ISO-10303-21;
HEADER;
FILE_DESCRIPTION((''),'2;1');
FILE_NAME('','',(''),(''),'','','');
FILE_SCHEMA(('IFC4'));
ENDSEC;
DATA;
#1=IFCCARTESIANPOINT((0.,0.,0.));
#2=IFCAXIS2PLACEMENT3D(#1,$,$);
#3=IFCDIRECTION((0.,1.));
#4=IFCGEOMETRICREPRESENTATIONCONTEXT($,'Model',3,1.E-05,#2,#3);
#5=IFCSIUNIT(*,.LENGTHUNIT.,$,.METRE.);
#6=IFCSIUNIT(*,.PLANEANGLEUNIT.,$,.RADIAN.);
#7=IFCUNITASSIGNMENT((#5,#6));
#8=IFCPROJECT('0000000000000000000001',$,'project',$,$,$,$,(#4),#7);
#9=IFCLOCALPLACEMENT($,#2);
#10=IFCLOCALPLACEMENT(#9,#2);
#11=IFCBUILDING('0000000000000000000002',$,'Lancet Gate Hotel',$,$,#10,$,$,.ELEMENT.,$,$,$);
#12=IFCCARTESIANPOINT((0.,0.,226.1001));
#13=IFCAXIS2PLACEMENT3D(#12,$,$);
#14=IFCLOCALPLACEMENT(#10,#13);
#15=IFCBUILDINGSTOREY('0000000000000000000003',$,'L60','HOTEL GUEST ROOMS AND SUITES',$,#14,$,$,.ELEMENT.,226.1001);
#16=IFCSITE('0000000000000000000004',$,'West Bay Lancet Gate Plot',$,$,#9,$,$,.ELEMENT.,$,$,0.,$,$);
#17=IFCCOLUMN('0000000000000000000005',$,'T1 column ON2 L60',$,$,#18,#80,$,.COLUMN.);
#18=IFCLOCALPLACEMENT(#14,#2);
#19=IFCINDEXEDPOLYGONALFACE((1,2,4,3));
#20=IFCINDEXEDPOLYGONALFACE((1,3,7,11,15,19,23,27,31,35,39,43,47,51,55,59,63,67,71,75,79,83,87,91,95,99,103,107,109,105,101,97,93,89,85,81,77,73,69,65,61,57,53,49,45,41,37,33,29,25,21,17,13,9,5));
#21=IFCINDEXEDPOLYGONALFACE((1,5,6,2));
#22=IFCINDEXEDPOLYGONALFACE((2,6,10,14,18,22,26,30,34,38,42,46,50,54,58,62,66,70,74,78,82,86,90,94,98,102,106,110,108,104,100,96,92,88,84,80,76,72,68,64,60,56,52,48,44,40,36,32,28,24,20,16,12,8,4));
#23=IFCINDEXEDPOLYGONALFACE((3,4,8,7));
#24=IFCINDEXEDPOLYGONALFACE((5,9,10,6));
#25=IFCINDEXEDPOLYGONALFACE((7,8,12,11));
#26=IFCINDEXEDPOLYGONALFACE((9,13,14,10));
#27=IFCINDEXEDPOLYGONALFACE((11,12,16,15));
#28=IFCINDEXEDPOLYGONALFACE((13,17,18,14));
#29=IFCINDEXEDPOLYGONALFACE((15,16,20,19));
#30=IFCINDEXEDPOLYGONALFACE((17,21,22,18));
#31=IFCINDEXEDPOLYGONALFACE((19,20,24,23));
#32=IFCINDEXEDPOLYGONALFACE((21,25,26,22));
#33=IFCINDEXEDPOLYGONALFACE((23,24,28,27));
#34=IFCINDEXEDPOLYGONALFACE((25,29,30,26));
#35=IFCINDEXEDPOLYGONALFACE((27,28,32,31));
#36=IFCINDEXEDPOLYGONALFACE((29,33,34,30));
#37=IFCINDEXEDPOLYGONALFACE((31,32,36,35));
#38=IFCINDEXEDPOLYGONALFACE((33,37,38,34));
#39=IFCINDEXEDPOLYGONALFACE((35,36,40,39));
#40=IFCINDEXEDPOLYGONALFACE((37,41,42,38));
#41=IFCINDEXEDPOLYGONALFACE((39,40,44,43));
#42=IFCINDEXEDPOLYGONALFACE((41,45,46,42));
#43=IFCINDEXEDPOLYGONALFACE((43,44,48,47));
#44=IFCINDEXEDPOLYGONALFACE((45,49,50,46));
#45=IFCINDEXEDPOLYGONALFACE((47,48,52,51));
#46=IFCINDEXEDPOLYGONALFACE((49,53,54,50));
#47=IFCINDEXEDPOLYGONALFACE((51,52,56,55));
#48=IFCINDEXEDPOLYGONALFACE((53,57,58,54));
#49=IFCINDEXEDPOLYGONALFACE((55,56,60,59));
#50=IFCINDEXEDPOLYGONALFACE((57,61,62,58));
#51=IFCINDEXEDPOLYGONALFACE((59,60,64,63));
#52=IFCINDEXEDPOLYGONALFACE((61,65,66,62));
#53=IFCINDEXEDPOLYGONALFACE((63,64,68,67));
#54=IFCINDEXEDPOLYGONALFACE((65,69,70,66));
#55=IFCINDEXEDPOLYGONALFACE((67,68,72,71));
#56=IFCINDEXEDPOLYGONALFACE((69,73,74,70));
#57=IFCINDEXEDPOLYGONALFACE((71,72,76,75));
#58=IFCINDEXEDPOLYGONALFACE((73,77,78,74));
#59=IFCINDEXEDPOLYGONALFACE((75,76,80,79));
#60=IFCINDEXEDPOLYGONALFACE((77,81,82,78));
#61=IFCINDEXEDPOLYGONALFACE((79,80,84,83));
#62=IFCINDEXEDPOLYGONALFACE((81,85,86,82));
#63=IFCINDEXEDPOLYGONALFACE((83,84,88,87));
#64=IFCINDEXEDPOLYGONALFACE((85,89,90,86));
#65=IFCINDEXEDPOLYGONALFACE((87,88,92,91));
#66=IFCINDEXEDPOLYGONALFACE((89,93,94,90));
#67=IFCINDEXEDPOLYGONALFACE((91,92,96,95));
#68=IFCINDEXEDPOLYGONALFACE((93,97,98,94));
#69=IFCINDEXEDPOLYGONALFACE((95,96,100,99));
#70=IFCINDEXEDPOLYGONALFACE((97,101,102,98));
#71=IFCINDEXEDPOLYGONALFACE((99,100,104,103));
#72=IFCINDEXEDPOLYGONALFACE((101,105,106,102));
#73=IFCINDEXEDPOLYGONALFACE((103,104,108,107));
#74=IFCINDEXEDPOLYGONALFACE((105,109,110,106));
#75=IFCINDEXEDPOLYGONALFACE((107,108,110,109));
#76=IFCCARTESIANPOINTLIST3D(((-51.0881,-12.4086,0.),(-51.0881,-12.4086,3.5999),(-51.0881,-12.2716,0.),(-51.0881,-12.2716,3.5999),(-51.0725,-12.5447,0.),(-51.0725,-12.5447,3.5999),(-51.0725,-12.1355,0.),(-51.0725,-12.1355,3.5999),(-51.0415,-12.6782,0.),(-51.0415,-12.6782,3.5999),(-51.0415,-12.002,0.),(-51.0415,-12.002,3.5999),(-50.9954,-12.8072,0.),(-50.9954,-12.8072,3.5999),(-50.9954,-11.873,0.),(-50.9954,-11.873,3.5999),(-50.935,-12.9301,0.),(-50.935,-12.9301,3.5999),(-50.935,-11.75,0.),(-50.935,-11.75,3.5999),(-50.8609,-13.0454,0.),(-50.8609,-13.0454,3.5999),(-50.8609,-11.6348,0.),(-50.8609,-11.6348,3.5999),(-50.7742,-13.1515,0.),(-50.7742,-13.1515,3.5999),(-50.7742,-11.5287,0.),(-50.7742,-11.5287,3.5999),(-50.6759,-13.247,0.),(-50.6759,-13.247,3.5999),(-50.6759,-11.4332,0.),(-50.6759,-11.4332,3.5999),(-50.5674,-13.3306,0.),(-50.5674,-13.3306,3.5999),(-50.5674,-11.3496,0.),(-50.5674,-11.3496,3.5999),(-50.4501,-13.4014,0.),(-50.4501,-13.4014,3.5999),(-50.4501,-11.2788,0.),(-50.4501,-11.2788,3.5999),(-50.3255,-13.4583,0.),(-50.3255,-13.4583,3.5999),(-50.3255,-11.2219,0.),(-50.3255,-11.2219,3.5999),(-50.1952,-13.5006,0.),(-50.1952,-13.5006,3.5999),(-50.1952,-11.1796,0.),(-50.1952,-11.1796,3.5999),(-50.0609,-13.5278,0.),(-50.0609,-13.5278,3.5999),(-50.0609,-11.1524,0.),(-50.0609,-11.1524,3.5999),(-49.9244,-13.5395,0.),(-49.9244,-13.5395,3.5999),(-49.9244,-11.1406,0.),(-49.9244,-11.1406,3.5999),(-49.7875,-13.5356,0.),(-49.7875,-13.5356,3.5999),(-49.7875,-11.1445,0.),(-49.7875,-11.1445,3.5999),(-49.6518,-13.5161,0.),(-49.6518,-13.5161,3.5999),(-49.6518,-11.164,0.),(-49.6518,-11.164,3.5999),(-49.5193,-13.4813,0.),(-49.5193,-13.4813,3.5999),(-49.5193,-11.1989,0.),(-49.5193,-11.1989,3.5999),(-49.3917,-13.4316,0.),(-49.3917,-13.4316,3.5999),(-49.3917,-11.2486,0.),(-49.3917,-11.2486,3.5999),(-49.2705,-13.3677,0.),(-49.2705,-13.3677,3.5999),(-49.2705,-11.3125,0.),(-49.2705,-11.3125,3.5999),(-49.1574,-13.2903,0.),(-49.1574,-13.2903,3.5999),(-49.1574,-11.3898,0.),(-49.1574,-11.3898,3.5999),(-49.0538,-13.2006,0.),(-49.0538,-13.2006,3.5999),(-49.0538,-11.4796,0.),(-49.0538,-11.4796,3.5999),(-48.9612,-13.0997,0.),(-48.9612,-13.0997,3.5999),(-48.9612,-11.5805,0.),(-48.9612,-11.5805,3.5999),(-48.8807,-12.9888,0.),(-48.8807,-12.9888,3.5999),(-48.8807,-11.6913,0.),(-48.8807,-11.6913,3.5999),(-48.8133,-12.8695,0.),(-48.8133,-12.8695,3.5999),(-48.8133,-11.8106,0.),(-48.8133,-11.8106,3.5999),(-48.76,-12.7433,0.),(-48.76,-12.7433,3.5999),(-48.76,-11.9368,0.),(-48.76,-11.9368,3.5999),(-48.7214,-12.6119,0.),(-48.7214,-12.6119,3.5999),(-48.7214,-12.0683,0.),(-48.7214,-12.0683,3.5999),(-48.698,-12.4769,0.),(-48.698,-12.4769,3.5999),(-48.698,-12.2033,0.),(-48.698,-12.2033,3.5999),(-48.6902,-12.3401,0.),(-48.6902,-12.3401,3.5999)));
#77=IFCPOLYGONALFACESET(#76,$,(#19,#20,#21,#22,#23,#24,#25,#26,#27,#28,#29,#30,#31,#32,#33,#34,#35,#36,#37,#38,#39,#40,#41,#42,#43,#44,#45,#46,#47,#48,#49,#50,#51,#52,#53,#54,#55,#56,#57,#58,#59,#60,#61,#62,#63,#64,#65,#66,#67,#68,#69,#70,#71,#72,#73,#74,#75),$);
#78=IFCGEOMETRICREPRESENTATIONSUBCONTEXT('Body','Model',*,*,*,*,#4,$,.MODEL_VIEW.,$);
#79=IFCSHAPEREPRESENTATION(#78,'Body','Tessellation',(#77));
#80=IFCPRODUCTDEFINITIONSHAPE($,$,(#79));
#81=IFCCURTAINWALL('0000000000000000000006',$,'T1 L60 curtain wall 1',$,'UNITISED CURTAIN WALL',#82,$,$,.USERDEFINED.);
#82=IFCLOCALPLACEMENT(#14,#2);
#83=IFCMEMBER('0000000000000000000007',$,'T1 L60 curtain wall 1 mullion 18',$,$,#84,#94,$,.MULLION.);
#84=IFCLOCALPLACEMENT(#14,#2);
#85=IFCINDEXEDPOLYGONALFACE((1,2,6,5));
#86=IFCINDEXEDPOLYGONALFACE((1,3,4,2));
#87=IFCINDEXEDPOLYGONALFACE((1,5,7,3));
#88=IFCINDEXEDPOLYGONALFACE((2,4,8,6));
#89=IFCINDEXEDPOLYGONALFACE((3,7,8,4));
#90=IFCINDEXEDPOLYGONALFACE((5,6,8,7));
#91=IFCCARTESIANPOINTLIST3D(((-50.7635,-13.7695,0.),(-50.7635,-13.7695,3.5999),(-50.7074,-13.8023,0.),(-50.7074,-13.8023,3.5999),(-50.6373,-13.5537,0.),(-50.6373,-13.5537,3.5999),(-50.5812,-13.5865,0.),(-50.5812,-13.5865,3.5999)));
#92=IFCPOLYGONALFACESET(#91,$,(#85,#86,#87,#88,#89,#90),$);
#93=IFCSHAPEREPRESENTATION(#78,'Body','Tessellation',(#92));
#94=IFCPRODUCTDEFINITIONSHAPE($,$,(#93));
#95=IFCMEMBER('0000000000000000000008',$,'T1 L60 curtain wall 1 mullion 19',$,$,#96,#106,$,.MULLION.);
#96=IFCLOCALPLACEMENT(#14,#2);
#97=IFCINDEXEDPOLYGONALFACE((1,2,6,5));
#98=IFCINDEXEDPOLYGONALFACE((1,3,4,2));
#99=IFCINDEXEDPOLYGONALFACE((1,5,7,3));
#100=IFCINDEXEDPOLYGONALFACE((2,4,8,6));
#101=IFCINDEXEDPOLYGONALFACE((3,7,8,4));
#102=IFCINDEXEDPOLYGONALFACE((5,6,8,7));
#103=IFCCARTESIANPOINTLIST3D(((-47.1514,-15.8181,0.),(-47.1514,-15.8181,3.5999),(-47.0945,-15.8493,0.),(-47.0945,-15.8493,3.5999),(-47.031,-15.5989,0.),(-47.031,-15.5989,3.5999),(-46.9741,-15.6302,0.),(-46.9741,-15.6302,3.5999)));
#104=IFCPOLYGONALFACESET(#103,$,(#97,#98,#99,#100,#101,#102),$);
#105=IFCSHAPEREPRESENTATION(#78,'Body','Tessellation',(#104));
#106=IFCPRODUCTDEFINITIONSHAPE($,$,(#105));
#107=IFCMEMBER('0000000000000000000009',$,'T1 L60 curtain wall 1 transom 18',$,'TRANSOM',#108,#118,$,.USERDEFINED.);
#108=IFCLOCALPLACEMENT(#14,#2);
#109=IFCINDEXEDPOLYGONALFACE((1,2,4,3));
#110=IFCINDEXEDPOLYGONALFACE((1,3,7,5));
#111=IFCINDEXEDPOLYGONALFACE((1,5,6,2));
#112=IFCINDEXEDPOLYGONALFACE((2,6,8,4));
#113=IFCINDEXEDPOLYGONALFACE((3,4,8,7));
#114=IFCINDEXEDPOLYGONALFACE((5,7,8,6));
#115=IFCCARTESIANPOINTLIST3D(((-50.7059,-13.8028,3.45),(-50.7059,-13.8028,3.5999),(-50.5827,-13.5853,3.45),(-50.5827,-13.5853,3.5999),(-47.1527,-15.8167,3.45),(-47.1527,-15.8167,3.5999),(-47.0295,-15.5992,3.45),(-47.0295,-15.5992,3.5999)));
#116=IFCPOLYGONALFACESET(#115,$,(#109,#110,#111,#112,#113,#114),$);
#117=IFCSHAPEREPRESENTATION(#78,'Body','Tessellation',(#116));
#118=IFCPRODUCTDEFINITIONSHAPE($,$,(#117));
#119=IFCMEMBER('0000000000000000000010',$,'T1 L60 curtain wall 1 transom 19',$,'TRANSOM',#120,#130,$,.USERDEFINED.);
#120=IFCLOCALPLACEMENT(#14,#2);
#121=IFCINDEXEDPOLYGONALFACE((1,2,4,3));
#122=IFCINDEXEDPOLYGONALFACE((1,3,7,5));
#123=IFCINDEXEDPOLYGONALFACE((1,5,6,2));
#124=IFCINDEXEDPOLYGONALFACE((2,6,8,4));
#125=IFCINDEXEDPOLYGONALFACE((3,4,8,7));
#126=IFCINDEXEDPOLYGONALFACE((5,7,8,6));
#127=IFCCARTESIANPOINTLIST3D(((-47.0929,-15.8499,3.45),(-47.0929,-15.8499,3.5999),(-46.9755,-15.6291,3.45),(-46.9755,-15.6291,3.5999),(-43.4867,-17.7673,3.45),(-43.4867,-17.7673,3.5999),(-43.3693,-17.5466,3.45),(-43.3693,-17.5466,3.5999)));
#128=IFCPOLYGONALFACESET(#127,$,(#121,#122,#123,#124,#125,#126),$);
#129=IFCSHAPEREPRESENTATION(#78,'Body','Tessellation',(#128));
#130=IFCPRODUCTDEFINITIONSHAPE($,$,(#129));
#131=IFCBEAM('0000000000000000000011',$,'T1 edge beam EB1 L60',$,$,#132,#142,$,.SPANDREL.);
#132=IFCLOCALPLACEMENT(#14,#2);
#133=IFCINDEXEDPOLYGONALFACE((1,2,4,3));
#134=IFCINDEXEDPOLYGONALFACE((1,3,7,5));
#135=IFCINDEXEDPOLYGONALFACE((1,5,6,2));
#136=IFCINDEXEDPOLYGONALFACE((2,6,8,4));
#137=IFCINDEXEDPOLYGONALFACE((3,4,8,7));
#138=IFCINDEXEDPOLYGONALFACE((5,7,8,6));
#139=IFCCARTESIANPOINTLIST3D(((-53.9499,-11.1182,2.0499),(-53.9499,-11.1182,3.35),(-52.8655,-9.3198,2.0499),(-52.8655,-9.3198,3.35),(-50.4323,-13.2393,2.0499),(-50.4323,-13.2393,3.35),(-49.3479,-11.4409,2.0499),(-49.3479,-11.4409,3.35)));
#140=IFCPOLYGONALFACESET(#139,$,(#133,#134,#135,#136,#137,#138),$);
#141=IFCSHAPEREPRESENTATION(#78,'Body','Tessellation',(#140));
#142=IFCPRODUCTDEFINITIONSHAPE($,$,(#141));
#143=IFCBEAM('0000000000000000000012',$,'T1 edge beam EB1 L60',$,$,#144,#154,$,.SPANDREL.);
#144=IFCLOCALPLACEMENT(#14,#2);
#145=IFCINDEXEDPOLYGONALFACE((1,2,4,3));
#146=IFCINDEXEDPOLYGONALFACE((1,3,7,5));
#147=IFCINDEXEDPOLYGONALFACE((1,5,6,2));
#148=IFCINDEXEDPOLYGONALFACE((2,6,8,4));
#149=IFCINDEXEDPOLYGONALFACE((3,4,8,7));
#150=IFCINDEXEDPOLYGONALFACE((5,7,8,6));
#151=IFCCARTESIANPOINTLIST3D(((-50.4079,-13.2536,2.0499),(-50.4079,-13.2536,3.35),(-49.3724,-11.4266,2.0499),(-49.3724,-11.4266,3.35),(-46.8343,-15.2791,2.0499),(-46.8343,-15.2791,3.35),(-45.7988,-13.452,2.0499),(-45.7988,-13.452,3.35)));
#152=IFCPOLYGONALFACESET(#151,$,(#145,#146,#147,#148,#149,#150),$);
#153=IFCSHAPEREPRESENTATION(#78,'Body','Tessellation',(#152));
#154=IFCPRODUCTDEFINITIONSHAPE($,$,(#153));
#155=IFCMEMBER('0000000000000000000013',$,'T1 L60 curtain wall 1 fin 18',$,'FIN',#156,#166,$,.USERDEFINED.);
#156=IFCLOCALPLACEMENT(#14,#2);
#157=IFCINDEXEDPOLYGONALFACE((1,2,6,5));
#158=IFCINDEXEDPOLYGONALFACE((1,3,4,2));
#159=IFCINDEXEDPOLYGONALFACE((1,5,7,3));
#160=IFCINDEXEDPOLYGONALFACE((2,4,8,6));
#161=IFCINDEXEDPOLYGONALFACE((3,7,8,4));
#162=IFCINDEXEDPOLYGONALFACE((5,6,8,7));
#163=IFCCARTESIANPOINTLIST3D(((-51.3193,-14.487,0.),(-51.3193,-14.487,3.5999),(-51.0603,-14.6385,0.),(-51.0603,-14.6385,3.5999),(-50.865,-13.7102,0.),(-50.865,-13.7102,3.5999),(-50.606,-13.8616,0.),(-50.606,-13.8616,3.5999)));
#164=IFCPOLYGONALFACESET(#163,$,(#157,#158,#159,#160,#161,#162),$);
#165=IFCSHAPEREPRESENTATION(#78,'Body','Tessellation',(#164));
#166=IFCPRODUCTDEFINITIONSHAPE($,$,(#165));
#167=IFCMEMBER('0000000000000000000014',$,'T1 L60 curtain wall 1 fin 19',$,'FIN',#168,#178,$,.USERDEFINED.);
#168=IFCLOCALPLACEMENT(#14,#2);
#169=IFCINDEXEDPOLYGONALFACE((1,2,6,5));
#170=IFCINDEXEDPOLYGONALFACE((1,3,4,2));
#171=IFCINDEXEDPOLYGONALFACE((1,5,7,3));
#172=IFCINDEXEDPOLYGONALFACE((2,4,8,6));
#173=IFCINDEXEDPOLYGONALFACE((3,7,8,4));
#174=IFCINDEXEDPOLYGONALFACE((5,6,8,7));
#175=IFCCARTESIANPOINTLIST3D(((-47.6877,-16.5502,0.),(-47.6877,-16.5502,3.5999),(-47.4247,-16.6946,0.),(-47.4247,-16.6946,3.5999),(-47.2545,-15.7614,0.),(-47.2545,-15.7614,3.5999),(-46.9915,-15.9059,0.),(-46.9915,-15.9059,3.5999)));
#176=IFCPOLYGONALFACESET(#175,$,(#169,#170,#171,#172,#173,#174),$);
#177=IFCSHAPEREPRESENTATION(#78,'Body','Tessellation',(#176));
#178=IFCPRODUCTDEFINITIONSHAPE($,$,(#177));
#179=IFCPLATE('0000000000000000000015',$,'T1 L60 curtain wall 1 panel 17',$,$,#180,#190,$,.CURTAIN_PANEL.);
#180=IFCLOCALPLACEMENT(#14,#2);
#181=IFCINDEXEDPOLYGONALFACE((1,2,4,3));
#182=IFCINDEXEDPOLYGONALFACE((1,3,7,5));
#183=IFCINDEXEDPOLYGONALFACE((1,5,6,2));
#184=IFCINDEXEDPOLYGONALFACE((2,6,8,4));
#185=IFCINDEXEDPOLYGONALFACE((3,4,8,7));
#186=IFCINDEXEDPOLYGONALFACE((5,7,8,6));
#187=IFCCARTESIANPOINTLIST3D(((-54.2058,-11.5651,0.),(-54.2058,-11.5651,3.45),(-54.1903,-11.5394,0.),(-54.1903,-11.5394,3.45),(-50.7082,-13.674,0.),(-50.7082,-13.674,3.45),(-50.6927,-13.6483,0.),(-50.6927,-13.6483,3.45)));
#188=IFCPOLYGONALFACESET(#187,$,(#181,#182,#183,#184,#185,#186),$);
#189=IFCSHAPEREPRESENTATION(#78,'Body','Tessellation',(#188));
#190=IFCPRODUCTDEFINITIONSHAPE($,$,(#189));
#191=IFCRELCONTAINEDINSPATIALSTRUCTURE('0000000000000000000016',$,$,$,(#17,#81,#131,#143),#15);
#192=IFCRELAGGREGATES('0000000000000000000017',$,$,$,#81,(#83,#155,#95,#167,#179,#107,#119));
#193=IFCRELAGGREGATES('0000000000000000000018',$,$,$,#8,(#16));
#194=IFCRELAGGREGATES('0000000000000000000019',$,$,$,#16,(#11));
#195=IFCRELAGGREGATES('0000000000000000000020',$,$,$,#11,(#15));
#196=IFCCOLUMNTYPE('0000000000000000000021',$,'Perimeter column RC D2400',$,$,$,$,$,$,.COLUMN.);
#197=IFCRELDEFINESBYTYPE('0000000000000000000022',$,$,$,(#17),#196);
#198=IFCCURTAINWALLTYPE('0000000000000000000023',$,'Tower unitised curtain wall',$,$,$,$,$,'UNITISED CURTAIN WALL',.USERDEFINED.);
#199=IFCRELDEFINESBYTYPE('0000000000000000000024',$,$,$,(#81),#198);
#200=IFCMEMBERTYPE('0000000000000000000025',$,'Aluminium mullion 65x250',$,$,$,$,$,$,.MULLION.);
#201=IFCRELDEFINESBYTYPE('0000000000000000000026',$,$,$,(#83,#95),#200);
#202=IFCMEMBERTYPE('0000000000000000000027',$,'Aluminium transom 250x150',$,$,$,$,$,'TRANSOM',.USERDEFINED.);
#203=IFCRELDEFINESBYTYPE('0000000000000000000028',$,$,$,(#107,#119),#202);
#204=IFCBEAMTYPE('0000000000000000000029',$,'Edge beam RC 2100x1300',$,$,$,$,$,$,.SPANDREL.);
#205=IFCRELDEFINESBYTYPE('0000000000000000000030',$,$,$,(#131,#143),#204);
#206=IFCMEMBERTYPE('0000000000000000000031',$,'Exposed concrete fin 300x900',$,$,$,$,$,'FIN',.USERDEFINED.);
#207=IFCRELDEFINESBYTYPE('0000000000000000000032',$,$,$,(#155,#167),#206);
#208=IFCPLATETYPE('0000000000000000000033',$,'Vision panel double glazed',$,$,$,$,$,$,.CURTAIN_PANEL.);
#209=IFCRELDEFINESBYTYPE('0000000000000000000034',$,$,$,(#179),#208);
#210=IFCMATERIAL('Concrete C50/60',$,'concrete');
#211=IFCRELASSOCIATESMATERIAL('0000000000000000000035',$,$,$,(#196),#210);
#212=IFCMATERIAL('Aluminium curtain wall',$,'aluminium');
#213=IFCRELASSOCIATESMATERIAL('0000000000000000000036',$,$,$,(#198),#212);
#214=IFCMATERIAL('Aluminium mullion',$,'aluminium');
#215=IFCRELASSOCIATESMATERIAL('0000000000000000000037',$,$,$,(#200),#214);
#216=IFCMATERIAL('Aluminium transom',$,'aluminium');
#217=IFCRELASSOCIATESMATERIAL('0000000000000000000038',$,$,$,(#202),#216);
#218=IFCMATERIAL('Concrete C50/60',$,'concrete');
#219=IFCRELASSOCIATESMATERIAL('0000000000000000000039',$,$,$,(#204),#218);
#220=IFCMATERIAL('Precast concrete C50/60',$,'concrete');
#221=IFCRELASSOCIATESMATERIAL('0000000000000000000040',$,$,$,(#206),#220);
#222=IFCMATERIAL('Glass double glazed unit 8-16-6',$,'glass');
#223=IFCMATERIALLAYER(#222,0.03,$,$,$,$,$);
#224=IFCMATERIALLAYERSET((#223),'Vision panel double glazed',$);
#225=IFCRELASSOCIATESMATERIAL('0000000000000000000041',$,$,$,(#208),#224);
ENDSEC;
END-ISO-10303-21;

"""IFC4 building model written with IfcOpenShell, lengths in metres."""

from ifc_helpers import new_model, si_unit, direction, frame, origin, origin_2d, place, context, subcontext, project, spatial, rectangle, circle, extrude, material, layer, layer_set, material_profile, profile_set, type_object, element, aggregate, save


model = new_model("IFC4")

# Units and contexts
model_context = context("Model", 3, precision=1e-05, world=origin(), true_north=direction((0.0, 1.0)))
body_context = subcontext(model_context, "Body", "Model", "MODEL_VIEW")
ifc_project = project(units=[si_unit("LENGTHUNIT", "METRE"), si_unit("PLANEANGLEUNIT", "RADIAN")], contexts=[model_context])

# Site, building, storey
site_placement = place(None, origin())
site = spatial("IfcSite", under=ifc_project, at=site_placement, Name="West Bay Lancet Gate Plot", CompositionType="ELEMENT", RefElevation=0.0)
building_placement = place(site_placement, origin())
building = spatial("IfcBuilding", under=site, at=building_placement, Name="Lancet Gate Hotel", CompositionType="ELEMENT")
storey_placement = place(building_placement, frame((0.0, 0.0, 226.1001)))
storey = spatial("IfcBuildingStorey", under=building, at=storey_placement, Name="L60", Description="HOTEL GUEST ROOMS AND SUITES", CompositionType="ELEMENT", Elevation=226.1001)

# Column
ifc_material_1 = material(Name="Concrete C50/60", Category="concrete")
ifc_material_profile_1 = material_profile(ifc_material_1, circle(Radius=1.2, at=origin_2d()), Name="RC D2400")
ifc_profile_set_1 = profile_set([ifc_material_profile_1], Name="Concrete C50/60")
column_type = type_object("IfcColumnType", Name="Perimeter column RC D2400", PredefinedType="COLUMN", material=ifc_profile_set_1)
column_placement = place(storey_placement, frame((-49.8901, -12.3401, 0.0), z_axis=(0.0, 0.0, 1.0), x_axis=(1.0, 0.0, 0.0)))
element("IfcColumn", 1, at=column_placement, inside=storey, type_object=column_type, Name="T1 column ON2 L60", PredefinedType="COLUMN", context=body_context, shape_type="SweptSolid", body=[
    extrude(circle(Radius=1.2, at=origin_2d()), origin(), (0.0, 0.0, 1.0), 3.5999),
])

# Curtain wall, members
ifc_material_2 = material(Name="Aluminium curtain wall", Category="aluminium")
curtain_wall_type = type_object("IfcCurtainWallType", Name="Tower unitised curtain wall", ElementType="UNITISED CURTAIN WALL", PredefinedType="USERDEFINED", material=ifc_material_2)
curtain_wall_placement = place(storey_placement, origin())
curtain_wall = element("IfcCurtainWall", 2, at=curtain_wall_placement, inside=storey, type_object=curtain_wall_type, Name="T1 L60 curtain wall 1", ObjectType="UNITISED CURTAIN WALL", PredefinedType="USERDEFINED")
ifc_material_3 = material(Name="Aluminium mullion", Category="aluminium")
ifc_material_profile_2 = material_profile(ifc_material_3, rectangle(XDim=0.0649, YDim=0.25, at=origin_2d()), Name="MULLION 65x250")
ifc_profile_set_2 = profile_set([ifc_material_profile_2], Name="Aluminium mullion")
member_type_1 = type_object("IfcMemberType", Name="Aluminium mullion 65x250", PredefinedType="MULLION", material=ifc_profile_set_2)
member_1_placement = place(storey_placement, frame((-50.6724, -13.678, 0.0), z_axis=(0.0, 0.0, 1.0), x_axis=(0.863242, -0.50479, 0.0)))
member_1 = element("IfcMember", 3, at=member_1_placement, type_object=member_type_1, Name="T1 L60 curtain wall 1 mullion 18", PredefinedType="MULLION", context=body_context, shape_type="SweptSolid", body=[
    extrude(rectangle(XDim=0.0649, YDim=0.25, at=origin_2d()), origin(), (0.0, 0.0, 1.0), 3.5999),
])
member_2_placement = place(storey_placement, frame((-47.0627, -15.7241, 0.0), z_axis=(0.0, 0.0, 1.0), x_axis=(0.876516, -0.481372, 0.0)))
member_2 = element("IfcMember", 4, at=member_2_placement, type_object=member_type_1, Name="T1 L60 curtain wall 1 mullion 19", PredefinedType="MULLION", context=body_context, shape_type="SweptSolid", body=[
    extrude(rectangle(XDim=0.0649, YDim=0.25, at=origin_2d()), origin(), (0.0, 0.0, 1.0), 3.5999),
])
ifc_material_4 = material(Name="Aluminium transom", Category="aluminium")
ifc_material_profile_3 = material_profile(ifc_material_4, rectangle(XDim=0.25, YDim=0.1499, at=origin_2d()), Name="TRANSOM 250x150")
ifc_profile_set_3 = profile_set([ifc_material_profile_3], Name="Aluminium transom")
member_type_2 = type_object("IfcMemberType", Name="Aluminium transom 250x150", ElementType="TRANSOM", PredefinedType="USERDEFINED", material=ifc_profile_set_3)
member_3_placement = place(storey_placement, frame((-50.6443, -13.6941, 3.5249), z_axis=(0.869978, -0.493091, 0.0), x_axis=(0.493091, 0.869978, 0.0)))
member_3 = element("IfcMember", 5, at=member_3_placement, type_object=member_type_2, Name="T1 L60 curtain wall 1 transom 18", ObjectType="TRANSOM", PredefinedType="USERDEFINED", context=body_context, shape_type="SweptSolid", body=[
    extrude(rectangle(XDim=0.25, YDim=0.1499, at=origin_2d()), origin(), (0.0, 0.0, 1.0), 4.0842),
])
member_4_placement = place(storey_placement, frame((-47.0342, -15.7395, 3.5249), z_axis=(0.882945, -0.469477, 0.0), x_axis=(0.469477, 0.882945, 0.0)))
member_4 = element("IfcMember", 6, at=member_4_placement, type_object=member_type_2, Name="T1 L60 curtain wall 1 transom 19", ObjectType="TRANSOM", PredefinedType="USERDEFINED", context=body_context, shape_type="SweptSolid", body=[
    extrude(rectangle(XDim=0.25, YDim=0.1499, at=origin_2d()), origin(), (0.0, 0.0, 1.0), 4.0842),
])

# Beams
ifc_material_5 = material(Name="Concrete C50/60", Category="concrete")
ifc_material_profile_4 = material_profile(ifc_material_5, rectangle(XDim=2.1001, YDim=1.3, at=origin_2d()), Name="RC 2100x1300")
ifc_profile_set_4 = profile_set([ifc_material_profile_4], Name="Concrete C50/60")
beam_type = type_object("IfcBeamType", Name="Edge beam RC 2100x1300", PredefinedType="SPANDREL", material=ifc_profile_set_4)
for number, where, z_axis, x_axis, name in (
    (7, (-53.4077, -10.219, 2.7), (0.856358, -0.516382, 0.0), (0.516382, 0.856358, 0.0), "T1 edge beam EB1 L60"),
    (8, (-49.8901, -12.3401, 2.7), (0.869979, -0.493089, 0.0), (0.493089, 0.869979, 0.0), "T1 edge beam EB1 L60"),
):
    element("IfcBeam", number, at=place(storey_placement, frame(where, z_axis=z_axis, x_axis=x_axis)), inside=storey, type_object=beam_type, Name=name, PredefinedType="SPANDREL", context=body_context, shape_type="SweptSolid", body=[
        extrude(rectangle(XDim=2.1001, YDim=1.3, at=origin_2d()), origin(), (0.0, 0.0, 1.0), 4.1077),
    ])

# Members
ifc_material_6 = material(Name="Precast concrete C50/60", Category="concrete")
ifc_material_profile_5 = material_profile(ifc_material_6, rectangle(XDim=0.3, YDim=0.8999, at=origin_2d()), Name="FIN 300x900")
ifc_profile_set_5 = profile_set([ifc_material_profile_5], Name="Precast concrete C50/60")
member_type_3 = type_object("IfcMemberType", Name="Exposed concrete fin 300x900", ElementType="FIN", PredefinedType="USERDEFINED", material=ifc_profile_set_5)
member_5_placement = place(storey_placement, frame((-50.9626, -14.1743, 0.0), z_axis=(0.0, 0.0, 1.0), x_axis=(0.863242, -0.50479, 0.0)))
member_5 = element("IfcMember", 9, at=member_5_placement, type_object=member_type_3, Name="T1 L60 curtain wall 1 fin 18", ObjectType="FIN", PredefinedType="USERDEFINED", context=body_context, shape_type="SweptSolid", body=[
    extrude(rectangle(XDim=0.3, YDim=0.8999, at=origin_2d()), origin(), (0.0, 0.0, 1.0), 3.5999),
])
member_6_placement = place(storey_placement, frame((-47.3396, -16.228, 0.0), z_axis=(0.0, 0.0, 1.0), x_axis=(0.876516, -0.481372, 0.0)))
member_6 = element("IfcMember", 10, at=member_6_placement, type_object=member_type_3, Name="T1 L60 curtain wall 1 fin 19", ObjectType="FIN", PredefinedType="USERDEFINED", context=body_context, shape_type="SweptSolid", body=[
    extrude(rectangle(XDim=0.3, YDim=0.8999, at=origin_2d()), origin(), (0.0, 0.0, 1.0), 3.5999),
])

# Plate
ifc_material_7 = material(Name="Glass double glazed unit 8-16-6", Category="glass")
ifc_layer_1 = layer(ifc_material_7, 0.03)
ifc_layer_set_1 = layer_set([ifc_layer_1], Name="Vision panel double glazed")
plate_type = type_object("IfcPlateType", Name="Vision panel double glazed", PredefinedType="CURTAIN_PANEL", material=ifc_layer_set_1)
plate_1_placement = place(storey_placement, frame((-52.4492, -12.6067, 0.0), z_axis=(0.0, 0.0, 1.0), x_axis=(0.85637, -0.516363, 0.0)))
plate_1 = element("IfcPlate", 11, at=plate_1_placement, type_object=plate_type, Name="T1 L60 curtain wall 1 panel 17", PredefinedType="CURTAIN_PANEL", context=body_context, shape_type="SweptSolid", body=[
    extrude(rectangle(XDim=4.0842, YDim=0.03, at=origin_2d()), origin(), (0.0, 0.0, 1.0), 3.45),
])
aggregate(curtain_wall, [member_1, member_5, member_2, member_6, plate_1, member_3, member_4])

save(model, "model.ifc")
